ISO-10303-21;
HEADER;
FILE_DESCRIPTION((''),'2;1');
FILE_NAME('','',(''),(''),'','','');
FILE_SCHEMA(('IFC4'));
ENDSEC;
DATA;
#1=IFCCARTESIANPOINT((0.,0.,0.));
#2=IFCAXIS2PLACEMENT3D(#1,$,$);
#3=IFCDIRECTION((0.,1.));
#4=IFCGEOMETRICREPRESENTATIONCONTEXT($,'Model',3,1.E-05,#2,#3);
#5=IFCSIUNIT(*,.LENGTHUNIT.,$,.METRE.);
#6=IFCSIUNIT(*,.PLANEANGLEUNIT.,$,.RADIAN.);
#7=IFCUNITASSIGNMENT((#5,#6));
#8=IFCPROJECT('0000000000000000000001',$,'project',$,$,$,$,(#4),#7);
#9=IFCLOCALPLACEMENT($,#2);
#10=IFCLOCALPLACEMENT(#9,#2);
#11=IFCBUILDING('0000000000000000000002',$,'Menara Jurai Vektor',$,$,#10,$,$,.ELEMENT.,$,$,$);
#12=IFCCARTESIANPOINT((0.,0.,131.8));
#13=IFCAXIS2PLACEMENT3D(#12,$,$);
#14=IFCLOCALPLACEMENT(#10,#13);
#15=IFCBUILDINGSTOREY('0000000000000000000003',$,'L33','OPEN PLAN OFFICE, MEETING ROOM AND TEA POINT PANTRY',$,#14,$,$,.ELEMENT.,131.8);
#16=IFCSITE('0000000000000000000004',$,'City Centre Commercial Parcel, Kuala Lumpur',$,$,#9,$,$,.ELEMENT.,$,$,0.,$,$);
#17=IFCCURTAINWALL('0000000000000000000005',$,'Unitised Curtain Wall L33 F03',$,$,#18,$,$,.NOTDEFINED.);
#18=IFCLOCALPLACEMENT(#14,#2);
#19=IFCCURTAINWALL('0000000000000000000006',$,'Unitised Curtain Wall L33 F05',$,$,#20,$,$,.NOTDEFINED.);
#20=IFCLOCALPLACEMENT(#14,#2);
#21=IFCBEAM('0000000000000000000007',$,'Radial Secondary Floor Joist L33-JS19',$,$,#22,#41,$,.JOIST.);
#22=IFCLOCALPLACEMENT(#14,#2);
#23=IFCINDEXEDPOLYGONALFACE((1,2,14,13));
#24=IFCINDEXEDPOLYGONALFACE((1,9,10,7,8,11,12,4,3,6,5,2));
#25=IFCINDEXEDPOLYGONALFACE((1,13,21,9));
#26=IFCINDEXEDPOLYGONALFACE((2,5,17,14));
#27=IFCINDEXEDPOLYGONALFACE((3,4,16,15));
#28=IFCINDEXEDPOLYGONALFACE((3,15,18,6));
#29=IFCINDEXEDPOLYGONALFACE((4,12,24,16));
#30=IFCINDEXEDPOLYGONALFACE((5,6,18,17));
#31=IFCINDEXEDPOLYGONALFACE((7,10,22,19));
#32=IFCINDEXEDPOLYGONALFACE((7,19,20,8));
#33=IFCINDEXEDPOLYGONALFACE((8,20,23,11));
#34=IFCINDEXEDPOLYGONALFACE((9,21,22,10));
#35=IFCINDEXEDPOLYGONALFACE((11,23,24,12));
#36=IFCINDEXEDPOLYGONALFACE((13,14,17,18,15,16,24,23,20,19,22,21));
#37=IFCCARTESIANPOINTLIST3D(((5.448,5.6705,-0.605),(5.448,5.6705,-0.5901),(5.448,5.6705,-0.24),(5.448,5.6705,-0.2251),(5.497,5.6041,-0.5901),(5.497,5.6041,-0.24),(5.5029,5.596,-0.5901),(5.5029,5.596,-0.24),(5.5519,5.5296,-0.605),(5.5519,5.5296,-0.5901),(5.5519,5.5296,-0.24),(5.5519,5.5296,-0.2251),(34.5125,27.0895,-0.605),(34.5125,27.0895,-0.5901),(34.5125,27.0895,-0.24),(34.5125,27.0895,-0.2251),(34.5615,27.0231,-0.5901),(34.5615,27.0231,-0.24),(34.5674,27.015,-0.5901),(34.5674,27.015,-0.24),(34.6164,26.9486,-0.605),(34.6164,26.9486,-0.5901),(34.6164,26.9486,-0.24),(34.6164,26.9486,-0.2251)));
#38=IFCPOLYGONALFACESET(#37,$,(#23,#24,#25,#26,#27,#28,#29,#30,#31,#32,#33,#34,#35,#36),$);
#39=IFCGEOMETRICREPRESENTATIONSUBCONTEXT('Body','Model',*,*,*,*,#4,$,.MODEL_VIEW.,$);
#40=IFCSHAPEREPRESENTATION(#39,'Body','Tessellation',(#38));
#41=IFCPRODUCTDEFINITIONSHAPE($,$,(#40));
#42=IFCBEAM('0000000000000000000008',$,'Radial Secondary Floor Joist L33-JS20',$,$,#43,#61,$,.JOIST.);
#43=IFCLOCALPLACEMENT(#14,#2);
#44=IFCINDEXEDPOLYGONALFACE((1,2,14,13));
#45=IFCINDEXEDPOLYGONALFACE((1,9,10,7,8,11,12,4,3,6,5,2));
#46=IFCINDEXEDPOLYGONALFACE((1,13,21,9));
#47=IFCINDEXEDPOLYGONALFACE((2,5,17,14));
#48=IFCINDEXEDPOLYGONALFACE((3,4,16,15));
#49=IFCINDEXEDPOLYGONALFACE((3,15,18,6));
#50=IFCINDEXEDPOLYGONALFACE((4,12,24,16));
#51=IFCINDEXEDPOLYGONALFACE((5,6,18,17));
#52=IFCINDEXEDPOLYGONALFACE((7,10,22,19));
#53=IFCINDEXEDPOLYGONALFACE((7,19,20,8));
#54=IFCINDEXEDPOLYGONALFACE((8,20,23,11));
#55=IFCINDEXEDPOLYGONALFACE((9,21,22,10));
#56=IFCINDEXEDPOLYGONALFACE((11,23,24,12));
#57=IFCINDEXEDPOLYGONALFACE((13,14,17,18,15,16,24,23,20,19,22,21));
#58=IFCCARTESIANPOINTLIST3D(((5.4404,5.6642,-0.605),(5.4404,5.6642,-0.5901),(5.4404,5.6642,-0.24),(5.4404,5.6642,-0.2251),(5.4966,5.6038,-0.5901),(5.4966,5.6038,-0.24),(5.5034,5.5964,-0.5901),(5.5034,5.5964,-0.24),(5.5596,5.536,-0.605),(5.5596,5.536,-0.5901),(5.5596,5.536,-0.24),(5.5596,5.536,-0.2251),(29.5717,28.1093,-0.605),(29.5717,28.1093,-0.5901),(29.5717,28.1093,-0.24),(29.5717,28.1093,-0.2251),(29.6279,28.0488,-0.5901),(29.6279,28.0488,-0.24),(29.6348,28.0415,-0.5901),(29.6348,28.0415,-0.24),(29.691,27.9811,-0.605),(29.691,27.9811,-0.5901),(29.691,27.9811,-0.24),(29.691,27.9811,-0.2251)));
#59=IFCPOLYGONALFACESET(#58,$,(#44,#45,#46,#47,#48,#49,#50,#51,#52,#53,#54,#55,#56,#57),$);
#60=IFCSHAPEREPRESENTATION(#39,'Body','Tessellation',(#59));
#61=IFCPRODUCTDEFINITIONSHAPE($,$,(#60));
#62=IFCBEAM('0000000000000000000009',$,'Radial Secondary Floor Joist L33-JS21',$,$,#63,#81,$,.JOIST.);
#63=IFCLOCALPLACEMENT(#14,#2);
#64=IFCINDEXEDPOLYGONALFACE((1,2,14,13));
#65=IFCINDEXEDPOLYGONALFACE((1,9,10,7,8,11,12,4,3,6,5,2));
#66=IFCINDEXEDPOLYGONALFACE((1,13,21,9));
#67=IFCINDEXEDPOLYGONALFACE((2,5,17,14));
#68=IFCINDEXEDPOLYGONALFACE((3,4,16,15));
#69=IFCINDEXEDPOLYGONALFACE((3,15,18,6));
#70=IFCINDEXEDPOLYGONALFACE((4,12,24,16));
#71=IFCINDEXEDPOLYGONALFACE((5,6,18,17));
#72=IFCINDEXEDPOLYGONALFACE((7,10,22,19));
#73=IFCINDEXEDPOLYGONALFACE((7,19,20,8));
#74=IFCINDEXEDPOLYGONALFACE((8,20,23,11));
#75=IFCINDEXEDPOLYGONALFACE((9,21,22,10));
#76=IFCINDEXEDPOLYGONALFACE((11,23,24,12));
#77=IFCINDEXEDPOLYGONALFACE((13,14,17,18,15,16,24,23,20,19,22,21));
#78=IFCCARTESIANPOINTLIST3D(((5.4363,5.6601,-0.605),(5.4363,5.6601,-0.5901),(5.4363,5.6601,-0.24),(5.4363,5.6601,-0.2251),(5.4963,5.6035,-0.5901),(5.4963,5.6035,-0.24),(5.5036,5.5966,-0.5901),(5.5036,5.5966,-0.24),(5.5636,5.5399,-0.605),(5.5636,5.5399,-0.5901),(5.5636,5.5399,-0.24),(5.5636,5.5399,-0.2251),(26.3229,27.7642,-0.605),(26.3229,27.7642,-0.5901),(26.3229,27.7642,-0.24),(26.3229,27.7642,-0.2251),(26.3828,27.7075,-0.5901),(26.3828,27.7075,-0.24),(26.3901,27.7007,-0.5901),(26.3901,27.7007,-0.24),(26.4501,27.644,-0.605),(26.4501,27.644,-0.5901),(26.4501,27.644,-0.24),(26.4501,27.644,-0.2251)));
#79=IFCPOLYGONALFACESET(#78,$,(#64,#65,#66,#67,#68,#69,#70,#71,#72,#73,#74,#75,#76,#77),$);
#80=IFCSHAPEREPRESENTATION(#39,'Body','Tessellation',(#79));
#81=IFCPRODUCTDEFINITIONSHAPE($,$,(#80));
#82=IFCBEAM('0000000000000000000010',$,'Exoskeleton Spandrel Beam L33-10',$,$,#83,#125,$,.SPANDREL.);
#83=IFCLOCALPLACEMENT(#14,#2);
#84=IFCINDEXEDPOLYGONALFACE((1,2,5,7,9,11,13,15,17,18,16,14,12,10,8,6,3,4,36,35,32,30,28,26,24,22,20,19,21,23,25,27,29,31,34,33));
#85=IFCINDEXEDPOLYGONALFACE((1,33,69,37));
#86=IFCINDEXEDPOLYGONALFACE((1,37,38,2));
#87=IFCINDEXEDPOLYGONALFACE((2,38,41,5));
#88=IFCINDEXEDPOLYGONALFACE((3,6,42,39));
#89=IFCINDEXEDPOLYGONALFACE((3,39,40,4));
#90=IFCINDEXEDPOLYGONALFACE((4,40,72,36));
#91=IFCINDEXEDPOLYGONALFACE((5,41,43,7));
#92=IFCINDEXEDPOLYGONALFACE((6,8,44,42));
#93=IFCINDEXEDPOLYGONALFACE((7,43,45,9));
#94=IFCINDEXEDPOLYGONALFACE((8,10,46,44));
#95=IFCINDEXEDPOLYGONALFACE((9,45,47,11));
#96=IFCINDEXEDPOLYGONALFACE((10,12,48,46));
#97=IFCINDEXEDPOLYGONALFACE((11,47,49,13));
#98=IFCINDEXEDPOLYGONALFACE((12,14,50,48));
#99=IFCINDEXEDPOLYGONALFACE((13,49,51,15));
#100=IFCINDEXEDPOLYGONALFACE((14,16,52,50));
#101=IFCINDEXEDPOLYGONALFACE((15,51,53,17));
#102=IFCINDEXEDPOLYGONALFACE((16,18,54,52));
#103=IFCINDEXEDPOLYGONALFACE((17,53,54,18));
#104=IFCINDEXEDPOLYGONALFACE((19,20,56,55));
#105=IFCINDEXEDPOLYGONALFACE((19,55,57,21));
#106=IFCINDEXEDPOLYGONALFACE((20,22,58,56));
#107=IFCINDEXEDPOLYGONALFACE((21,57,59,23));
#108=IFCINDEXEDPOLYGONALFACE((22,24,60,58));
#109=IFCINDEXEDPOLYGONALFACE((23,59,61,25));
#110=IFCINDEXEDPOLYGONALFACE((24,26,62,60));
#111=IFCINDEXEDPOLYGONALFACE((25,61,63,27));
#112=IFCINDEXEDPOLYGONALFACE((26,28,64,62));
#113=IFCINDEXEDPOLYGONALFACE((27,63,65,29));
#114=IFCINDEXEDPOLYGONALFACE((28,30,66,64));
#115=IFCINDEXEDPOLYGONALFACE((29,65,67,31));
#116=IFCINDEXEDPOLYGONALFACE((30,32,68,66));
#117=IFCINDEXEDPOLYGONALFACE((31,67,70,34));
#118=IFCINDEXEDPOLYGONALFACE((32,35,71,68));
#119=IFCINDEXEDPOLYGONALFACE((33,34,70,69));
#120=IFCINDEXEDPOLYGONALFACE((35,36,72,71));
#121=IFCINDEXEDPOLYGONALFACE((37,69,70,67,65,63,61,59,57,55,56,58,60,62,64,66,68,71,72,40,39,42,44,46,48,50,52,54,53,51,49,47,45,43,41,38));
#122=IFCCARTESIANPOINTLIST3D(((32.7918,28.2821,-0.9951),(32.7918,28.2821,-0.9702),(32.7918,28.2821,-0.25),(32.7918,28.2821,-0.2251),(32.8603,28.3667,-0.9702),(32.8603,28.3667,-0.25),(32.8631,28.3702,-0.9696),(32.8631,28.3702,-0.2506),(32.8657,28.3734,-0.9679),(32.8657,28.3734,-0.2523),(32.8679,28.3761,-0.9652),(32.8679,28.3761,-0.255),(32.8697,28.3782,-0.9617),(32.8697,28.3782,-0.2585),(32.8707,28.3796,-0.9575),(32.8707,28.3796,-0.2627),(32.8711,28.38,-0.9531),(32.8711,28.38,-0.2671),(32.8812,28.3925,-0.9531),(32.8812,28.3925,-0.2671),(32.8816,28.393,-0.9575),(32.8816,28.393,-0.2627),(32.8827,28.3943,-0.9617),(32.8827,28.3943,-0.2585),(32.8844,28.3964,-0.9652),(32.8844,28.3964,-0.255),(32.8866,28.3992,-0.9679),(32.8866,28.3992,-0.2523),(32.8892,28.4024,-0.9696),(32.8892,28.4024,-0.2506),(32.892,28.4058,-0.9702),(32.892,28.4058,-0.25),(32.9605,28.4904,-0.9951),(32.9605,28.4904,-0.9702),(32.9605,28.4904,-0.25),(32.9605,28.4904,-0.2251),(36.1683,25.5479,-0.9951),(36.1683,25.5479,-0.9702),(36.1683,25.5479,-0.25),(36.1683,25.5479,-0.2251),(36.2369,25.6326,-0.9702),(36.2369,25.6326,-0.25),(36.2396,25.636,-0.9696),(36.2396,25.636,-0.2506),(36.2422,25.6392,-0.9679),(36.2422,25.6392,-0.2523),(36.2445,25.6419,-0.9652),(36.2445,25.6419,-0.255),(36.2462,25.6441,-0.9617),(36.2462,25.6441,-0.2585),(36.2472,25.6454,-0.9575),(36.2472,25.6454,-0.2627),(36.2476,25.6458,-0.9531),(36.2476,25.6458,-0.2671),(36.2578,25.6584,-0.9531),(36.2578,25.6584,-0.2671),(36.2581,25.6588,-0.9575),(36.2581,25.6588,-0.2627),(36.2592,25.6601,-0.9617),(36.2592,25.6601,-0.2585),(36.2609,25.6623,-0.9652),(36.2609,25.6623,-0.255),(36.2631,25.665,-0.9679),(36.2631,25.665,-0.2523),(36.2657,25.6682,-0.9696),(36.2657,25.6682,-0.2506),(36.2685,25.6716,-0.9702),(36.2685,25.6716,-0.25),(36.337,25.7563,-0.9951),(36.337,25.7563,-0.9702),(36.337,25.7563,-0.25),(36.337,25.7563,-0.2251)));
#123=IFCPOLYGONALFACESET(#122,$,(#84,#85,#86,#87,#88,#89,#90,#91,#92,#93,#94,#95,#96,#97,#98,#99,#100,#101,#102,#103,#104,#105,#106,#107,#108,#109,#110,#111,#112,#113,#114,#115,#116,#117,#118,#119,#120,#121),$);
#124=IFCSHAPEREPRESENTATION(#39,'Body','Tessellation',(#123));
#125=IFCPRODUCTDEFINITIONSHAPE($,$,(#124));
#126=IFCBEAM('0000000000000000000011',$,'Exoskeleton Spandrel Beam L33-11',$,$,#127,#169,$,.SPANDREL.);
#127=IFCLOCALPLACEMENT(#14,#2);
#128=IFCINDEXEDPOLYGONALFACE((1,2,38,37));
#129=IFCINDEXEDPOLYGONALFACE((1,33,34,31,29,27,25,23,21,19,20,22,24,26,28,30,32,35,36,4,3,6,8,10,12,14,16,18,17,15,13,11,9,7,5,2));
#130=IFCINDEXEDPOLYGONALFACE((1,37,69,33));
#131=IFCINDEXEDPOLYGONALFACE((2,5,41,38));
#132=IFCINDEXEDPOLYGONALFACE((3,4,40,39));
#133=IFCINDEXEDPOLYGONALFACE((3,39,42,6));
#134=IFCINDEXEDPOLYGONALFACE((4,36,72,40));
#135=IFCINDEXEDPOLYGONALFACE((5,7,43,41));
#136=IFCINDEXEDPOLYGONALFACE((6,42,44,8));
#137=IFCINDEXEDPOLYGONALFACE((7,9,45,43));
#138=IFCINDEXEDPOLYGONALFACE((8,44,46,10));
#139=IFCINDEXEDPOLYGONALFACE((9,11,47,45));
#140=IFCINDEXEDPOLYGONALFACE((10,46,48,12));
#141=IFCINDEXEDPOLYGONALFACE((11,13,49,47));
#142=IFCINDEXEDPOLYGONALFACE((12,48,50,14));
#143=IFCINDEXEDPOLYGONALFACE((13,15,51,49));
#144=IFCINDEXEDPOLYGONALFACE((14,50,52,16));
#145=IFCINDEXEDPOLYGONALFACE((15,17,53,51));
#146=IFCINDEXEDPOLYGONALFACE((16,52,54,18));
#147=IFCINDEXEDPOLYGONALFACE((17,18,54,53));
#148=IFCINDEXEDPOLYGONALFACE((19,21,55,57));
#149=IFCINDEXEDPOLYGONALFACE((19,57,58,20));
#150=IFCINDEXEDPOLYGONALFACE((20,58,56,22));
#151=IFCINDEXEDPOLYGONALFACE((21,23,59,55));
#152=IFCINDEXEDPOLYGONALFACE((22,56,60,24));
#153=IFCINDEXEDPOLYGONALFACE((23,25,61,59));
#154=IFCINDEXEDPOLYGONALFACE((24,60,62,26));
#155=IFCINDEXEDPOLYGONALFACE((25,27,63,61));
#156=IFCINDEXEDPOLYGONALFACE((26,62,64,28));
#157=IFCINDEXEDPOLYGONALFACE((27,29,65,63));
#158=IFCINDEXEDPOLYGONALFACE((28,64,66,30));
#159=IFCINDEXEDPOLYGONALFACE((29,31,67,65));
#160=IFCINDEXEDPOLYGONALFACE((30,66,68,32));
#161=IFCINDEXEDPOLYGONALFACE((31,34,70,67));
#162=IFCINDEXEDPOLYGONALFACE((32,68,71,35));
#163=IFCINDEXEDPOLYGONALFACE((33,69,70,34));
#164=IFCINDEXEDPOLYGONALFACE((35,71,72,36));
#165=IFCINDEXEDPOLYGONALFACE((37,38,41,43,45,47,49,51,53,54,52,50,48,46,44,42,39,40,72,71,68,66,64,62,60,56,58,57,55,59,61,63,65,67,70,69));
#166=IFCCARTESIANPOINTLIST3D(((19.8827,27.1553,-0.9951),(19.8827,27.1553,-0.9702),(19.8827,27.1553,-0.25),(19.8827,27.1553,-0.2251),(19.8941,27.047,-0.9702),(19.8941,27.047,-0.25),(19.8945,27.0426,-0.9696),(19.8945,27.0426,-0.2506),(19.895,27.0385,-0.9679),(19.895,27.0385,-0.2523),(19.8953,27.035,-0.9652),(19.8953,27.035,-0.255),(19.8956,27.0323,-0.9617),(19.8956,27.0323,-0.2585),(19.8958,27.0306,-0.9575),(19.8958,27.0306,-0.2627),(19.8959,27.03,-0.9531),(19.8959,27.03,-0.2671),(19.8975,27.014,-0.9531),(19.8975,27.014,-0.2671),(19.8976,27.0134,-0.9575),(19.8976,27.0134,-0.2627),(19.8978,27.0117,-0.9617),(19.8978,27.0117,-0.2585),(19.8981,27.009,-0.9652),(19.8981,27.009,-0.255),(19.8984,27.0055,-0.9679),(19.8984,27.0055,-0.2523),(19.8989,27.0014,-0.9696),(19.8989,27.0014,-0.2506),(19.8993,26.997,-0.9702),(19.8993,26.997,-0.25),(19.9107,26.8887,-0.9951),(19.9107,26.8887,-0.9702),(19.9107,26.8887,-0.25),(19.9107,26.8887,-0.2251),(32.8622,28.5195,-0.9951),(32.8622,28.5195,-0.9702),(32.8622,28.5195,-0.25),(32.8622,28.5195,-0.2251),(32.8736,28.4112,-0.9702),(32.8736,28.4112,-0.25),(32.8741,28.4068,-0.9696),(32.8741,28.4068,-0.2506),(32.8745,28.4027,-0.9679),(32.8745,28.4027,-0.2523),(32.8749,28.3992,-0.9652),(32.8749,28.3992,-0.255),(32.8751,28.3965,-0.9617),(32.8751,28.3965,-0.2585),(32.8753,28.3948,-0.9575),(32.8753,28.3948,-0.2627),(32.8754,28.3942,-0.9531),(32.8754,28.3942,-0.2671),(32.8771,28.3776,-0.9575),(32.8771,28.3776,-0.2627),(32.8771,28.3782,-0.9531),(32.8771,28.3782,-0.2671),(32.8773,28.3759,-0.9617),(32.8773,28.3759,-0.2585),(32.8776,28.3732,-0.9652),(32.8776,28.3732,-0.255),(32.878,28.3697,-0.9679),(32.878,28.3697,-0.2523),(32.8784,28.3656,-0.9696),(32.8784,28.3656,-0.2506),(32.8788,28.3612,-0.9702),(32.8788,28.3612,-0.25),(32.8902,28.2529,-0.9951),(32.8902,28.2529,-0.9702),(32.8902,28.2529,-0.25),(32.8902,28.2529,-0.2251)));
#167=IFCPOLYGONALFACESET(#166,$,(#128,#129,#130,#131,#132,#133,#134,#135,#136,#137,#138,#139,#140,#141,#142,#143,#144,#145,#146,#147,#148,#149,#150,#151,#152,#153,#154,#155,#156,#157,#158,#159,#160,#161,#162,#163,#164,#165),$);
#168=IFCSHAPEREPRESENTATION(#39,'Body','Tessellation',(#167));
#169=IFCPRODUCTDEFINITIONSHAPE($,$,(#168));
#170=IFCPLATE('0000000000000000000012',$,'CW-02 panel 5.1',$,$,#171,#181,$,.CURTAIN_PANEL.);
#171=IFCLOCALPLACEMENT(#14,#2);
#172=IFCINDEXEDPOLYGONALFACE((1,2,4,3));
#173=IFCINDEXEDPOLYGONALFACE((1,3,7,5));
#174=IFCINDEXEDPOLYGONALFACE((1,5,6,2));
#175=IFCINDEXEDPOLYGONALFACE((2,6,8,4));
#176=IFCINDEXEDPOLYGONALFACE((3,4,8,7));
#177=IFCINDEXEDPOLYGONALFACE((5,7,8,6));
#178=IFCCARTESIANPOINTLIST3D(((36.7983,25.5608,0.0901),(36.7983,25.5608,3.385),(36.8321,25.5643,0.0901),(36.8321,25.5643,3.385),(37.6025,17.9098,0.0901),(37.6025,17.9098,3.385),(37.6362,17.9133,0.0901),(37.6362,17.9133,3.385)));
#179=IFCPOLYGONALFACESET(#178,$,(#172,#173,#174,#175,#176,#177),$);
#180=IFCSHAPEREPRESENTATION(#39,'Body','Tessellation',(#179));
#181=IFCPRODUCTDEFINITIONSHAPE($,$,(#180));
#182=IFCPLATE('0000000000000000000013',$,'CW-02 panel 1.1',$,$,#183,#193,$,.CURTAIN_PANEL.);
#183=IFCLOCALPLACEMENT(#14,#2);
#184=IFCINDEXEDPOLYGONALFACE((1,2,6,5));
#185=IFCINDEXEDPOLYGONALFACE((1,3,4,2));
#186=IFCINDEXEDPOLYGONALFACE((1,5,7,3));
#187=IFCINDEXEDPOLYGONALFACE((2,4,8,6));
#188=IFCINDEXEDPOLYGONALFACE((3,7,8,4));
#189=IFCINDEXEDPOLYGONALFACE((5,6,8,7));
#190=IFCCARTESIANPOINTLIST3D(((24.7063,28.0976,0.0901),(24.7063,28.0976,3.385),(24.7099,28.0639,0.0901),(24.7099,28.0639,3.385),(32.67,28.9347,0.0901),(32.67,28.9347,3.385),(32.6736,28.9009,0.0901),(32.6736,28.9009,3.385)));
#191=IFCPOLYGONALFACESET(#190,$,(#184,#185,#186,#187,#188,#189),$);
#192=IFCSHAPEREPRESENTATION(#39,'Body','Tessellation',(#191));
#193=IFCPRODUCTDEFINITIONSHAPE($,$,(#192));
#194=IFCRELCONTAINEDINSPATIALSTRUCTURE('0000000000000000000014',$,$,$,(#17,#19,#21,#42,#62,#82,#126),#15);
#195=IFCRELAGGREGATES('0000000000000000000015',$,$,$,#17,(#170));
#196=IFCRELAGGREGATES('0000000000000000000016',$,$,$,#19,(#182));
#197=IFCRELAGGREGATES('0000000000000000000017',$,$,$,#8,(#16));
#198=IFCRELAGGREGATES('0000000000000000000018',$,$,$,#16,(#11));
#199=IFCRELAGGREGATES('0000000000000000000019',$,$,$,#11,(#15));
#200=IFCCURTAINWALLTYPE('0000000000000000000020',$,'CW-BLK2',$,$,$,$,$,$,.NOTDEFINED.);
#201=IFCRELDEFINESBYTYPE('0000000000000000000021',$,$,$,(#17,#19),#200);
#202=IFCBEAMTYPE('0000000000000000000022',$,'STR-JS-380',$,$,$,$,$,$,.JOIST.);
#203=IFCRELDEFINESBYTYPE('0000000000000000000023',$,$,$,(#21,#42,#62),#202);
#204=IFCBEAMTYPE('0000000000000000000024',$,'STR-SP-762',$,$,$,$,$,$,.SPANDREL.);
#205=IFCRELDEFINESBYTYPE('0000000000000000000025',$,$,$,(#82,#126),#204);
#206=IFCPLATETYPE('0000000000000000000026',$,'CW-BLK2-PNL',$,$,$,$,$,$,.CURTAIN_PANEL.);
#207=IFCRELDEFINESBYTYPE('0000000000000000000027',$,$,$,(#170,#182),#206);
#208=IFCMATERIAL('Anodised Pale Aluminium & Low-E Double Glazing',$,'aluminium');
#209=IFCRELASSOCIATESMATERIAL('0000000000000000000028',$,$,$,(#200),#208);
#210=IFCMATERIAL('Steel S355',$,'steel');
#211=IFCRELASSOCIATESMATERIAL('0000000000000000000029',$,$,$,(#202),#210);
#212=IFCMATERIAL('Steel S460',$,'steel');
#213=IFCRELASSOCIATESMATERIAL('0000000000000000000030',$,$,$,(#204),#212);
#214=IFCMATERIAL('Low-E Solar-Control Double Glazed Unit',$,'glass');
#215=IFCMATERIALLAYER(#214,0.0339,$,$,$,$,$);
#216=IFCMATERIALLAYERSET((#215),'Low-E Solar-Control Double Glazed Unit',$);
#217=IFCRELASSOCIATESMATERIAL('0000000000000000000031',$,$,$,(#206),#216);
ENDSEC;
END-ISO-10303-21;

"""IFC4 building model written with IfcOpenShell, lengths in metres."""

from ifc_helpers import new_model, si_unit, direction, frame, origin, origin_2d, place, context, subcontext, project, spatial, rectangle, i_section, extrude, material, layer, layer_set, material_profile, profile_set, type_object, element, aggregate, save


model = new_model("IFC4")

# Units and contexts
model_context = context("Model", 3, precision=1e-05, world=origin(), true_north=direction((0.0, 1.0)))
body_context = subcontext(model_context, "Body", "Model", "MODEL_VIEW")
ifc_project = project(units=[si_unit("LENGTHUNIT", "METRE"), si_unit("PLANEANGLEUNIT", "RADIAN")], contexts=[model_context])

# Site, building, storey
site_placement = place(None, origin())
site = spatial("IfcSite", under=ifc_project, at=site_placement, Name="City Centre Commercial Parcel, Kuala Lumpur", CompositionType="ELEMENT", RefElevation=0.0)
building_placement = place(site_placement, origin())
building = spatial("IfcBuilding", under=site, at=building_placement, Name="Menara Jurai Vektor", CompositionType="ELEMENT")
storey_placement = place(building_placement, frame((0.0, 0.0, 131.8)))
storey = spatial("IfcBuildingStorey", under=building, at=storey_placement, Name="L33", Description="OPEN PLAN OFFICE, MEETING ROOM AND TEA POINT PANTRY", CompositionType="ELEMENT", Elevation=131.8)

# Shared definitions
ifc_material_1 = material(Name="Steel S460", Category="steel")

# Curtain wall
ifc_material_2 = material(Name="Anodised Pale Aluminium & Low-E Double Glazing", Category="aluminium")
curtain_wall_type = type_object("IfcCurtainWallType", Name="CW-BLK2", PredefinedType="NOTDEFINED", material=ifc_material_2)
curtain_wall_1_placement = place(storey_placement, origin())
curtain_wall_1 = element("IfcCurtainWall", 1, at=curtain_wall_1_placement, inside=storey, type_object=curtain_wall_type, Name="Unitised Curtain Wall L33 F03", PredefinedType="NOTDEFINED")

# Curtain wall
curtain_wall_2_placement = place(storey_placement, origin())
curtain_wall_2 = element("IfcCurtainWall", 2, at=curtain_wall_2_placement, inside=storey, type_object=curtain_wall_type, Name="Unitised Curtain Wall L33 F05", PredefinedType="NOTDEFINED")

# Shared definitions
ifc_material_3 = material(Name="Steel S355", Category="steel")

# Beams
ifc_material_profile_1 = material_profile(ifc_material_3, i_section(OverallWidth=0.175, OverallDepth=0.3799, WebThickness=0.01, FlangeThickness=0.0149, at=origin_2d()), Name="PG 380x175x58")
ifc_profile_set_1 = profile_set([ifc_material_profile_1], Name="Steel S355")
beam_type_1 = type_object("IfcBeamType", Name="STR-JS-380", PredefinedType="JOIST", material=ifc_profile_set_1)
beam_1_placement = place(storey_placement, frame((34.5645, 27.019, -0.415), z_axis=(-0.805016, -0.593253, 0.0), x_axis=(0.593253, -0.805016, 0.0)))
element("IfcBeam", 3, at=beam_1_placement, inside=storey, type_object=beam_type_1, Name="Radial Secondary Floor Joist L33-JS19", PredefinedType="JOIST", context=body_context, shape_type="SweptSolid", body=[
    extrude(i_section(OverallWidth=0.175, OverallDepth=0.3799, WebThickness=0.01, FlangeThickness=0.0149, at=origin_2d()), origin(), (0.0, 0.0, 1.0), 36.1042),
])
beam_2_placement = place(storey_placement, frame((29.6313, 28.0452, -0.415), z_axis=(-0.732228, -0.68106, 0.0), x_axis=(0.68106, -0.732228, 0.0)))
element("IfcBeam", 4, at=beam_2_placement, inside=storey, type_object=beam_type_1, Name="Radial Secondary Floor Joist L33-JS20", PredefinedType="JOIST", context=body_context, shape_type="SweptSolid", body=[
    extrude(i_section(OverallWidth=0.175, OverallDepth=0.3799, WebThickness=0.01, FlangeThickness=0.0149, at=origin_2d()), origin(), (0.0, 0.0, 1.0), 32.9561),
])
beam_3_placement = place(storey_placement, frame((26.3865, 27.7041, -0.415), z_axis=(-0.686805, -0.726841, 0.0), x_axis=(0.726841, -0.686805, 0.0)))
element("IfcBeam", 5, at=beam_3_placement, inside=storey, type_object=beam_type_1, Name="Radial Secondary Floor Joist L33-JS21", PredefinedType="JOIST", context=body_context, shape_type="SweptSolid", body=[
    extrude(i_section(OverallWidth=0.175, OverallDepth=0.3799, WebThickness=0.01, FlangeThickness=0.0149, at=origin_2d()), origin(), (0.0, 0.0, 1.0), 30.4111),
])
ifc_material_profile_2 = material_profile(ifc_material_1, i_section(OverallWidth=0.2681, OverallDepth=0.77, WebThickness=0.0161, FlangeThickness=0.0249, FilletRadius=0.0171, at=origin_2d()), Name="UKB 762x267x197")
ifc_profile_set_2 = profile_set([ifc_material_profile_2], Name="Steel S460")
beam_type_2 = type_object("IfcBeamType", Name="STR-SP-762", PredefinedType="SPANDREL", material=ifc_profile_set_2)
beam_4_placement = place(storey_placement, frame((36.2527, 25.6521, -0.6101), z_axis=(-0.777155, 0.62931, 0.0), x_axis=(-0.62931, -0.777155, 0.0)))
element("IfcBeam", 6, at=beam_4_placement, inside=storey, type_object=beam_type_2, Name="Exoskeleton Spandrel Beam L33-10", PredefinedType="SPANDREL", context=body_context, shape_type="SweptSolid", body=[
    extrude(i_section(OverallWidth=0.2681, OverallDepth=0.77, WebThickness=0.0161, FlangeThickness=0.0249, FilletRadius=0.0171, at=origin_2d()), origin(), (0.0, 0.0, 1.0), 4.3447),
])
beam_5_placement = place(storey_placement, frame((32.8762, 28.3862, -0.6101), z_axis=(-0.994521, -0.104533, 0.0), x_axis=(0.104533, -0.994521, 0.0)))
element("IfcBeam", 7, at=beam_5_placement, inside=storey, type_object=beam_type_2, Name="Exoskeleton Spandrel Beam L33-11", PredefinedType="SPANDREL", context=body_context, shape_type="SweptSolid", body=[
    extrude(i_section(OverallWidth=0.2681, OverallDepth=0.77, WebThickness=0.0161, FlangeThickness=0.0249, FilletRadius=0.0171, at=origin_2d()), origin(), (0.0, 0.0, 1.0), 13.051),
])

# Plates
ifc_material_4 = material(Name="Low-E Solar-Control Double Glazed Unit", Category="glass")
ifc_layer_1 = layer(ifc_material_4, 0.0339)
ifc_layer_set_1 = layer_set([ifc_layer_1], Name="Low-E Solar-Control Double Glazed Unit")
plate_type_1 = type_object("IfcPlateType", Name="CW-BLK2-PNL", PredefinedType="CURTAIN_PANEL", material=ifc_layer_set_1)
plate_1_placement = place(storey_placement, frame((37.2173, 21.7371, 0.0901), z_axis=(0.0, 0.0, 1.0), x_axis=(-0.10453, 0.994522, 0.0)))
plate_1 = element("IfcPlate", 8, at=plate_1_placement, type_object=plate_type_1, Name="CW-02 panel 5.1", PredefinedType="CURTAIN_PANEL", context=body_context, shape_type="SweptSolid", body=[
    extrude(rectangle(XDim=7.6931, YDim=0.0339, at=origin_2d()), origin(), (0.0, 0.0, 1.0), 3.2949),
])
aggregate(curtain_wall_1, [plate_1])
plate_2_placement = place(storey_placement, frame((28.6899, 28.4993, 0.0901), z_axis=(0.0, 0.0, 1.0), x_axis=(-0.994522, -0.104529, 0.0)))
plate_2 = element("IfcPlate", 9, at=plate_2_placement, type_object=plate_type_1, Name="CW-02 panel 1.1", PredefinedType="CURTAIN_PANEL", context=body_context, shape_type="SweptSolid", body=[
    extrude(rectangle(XDim=8.0076, YDim=0.0339, at=origin_2d()), origin(), (0.0, 0.0, 1.0), 3.2949),
])
aggregate(curtain_wall_2, [plate_2])

save(model, "model.ifc")
